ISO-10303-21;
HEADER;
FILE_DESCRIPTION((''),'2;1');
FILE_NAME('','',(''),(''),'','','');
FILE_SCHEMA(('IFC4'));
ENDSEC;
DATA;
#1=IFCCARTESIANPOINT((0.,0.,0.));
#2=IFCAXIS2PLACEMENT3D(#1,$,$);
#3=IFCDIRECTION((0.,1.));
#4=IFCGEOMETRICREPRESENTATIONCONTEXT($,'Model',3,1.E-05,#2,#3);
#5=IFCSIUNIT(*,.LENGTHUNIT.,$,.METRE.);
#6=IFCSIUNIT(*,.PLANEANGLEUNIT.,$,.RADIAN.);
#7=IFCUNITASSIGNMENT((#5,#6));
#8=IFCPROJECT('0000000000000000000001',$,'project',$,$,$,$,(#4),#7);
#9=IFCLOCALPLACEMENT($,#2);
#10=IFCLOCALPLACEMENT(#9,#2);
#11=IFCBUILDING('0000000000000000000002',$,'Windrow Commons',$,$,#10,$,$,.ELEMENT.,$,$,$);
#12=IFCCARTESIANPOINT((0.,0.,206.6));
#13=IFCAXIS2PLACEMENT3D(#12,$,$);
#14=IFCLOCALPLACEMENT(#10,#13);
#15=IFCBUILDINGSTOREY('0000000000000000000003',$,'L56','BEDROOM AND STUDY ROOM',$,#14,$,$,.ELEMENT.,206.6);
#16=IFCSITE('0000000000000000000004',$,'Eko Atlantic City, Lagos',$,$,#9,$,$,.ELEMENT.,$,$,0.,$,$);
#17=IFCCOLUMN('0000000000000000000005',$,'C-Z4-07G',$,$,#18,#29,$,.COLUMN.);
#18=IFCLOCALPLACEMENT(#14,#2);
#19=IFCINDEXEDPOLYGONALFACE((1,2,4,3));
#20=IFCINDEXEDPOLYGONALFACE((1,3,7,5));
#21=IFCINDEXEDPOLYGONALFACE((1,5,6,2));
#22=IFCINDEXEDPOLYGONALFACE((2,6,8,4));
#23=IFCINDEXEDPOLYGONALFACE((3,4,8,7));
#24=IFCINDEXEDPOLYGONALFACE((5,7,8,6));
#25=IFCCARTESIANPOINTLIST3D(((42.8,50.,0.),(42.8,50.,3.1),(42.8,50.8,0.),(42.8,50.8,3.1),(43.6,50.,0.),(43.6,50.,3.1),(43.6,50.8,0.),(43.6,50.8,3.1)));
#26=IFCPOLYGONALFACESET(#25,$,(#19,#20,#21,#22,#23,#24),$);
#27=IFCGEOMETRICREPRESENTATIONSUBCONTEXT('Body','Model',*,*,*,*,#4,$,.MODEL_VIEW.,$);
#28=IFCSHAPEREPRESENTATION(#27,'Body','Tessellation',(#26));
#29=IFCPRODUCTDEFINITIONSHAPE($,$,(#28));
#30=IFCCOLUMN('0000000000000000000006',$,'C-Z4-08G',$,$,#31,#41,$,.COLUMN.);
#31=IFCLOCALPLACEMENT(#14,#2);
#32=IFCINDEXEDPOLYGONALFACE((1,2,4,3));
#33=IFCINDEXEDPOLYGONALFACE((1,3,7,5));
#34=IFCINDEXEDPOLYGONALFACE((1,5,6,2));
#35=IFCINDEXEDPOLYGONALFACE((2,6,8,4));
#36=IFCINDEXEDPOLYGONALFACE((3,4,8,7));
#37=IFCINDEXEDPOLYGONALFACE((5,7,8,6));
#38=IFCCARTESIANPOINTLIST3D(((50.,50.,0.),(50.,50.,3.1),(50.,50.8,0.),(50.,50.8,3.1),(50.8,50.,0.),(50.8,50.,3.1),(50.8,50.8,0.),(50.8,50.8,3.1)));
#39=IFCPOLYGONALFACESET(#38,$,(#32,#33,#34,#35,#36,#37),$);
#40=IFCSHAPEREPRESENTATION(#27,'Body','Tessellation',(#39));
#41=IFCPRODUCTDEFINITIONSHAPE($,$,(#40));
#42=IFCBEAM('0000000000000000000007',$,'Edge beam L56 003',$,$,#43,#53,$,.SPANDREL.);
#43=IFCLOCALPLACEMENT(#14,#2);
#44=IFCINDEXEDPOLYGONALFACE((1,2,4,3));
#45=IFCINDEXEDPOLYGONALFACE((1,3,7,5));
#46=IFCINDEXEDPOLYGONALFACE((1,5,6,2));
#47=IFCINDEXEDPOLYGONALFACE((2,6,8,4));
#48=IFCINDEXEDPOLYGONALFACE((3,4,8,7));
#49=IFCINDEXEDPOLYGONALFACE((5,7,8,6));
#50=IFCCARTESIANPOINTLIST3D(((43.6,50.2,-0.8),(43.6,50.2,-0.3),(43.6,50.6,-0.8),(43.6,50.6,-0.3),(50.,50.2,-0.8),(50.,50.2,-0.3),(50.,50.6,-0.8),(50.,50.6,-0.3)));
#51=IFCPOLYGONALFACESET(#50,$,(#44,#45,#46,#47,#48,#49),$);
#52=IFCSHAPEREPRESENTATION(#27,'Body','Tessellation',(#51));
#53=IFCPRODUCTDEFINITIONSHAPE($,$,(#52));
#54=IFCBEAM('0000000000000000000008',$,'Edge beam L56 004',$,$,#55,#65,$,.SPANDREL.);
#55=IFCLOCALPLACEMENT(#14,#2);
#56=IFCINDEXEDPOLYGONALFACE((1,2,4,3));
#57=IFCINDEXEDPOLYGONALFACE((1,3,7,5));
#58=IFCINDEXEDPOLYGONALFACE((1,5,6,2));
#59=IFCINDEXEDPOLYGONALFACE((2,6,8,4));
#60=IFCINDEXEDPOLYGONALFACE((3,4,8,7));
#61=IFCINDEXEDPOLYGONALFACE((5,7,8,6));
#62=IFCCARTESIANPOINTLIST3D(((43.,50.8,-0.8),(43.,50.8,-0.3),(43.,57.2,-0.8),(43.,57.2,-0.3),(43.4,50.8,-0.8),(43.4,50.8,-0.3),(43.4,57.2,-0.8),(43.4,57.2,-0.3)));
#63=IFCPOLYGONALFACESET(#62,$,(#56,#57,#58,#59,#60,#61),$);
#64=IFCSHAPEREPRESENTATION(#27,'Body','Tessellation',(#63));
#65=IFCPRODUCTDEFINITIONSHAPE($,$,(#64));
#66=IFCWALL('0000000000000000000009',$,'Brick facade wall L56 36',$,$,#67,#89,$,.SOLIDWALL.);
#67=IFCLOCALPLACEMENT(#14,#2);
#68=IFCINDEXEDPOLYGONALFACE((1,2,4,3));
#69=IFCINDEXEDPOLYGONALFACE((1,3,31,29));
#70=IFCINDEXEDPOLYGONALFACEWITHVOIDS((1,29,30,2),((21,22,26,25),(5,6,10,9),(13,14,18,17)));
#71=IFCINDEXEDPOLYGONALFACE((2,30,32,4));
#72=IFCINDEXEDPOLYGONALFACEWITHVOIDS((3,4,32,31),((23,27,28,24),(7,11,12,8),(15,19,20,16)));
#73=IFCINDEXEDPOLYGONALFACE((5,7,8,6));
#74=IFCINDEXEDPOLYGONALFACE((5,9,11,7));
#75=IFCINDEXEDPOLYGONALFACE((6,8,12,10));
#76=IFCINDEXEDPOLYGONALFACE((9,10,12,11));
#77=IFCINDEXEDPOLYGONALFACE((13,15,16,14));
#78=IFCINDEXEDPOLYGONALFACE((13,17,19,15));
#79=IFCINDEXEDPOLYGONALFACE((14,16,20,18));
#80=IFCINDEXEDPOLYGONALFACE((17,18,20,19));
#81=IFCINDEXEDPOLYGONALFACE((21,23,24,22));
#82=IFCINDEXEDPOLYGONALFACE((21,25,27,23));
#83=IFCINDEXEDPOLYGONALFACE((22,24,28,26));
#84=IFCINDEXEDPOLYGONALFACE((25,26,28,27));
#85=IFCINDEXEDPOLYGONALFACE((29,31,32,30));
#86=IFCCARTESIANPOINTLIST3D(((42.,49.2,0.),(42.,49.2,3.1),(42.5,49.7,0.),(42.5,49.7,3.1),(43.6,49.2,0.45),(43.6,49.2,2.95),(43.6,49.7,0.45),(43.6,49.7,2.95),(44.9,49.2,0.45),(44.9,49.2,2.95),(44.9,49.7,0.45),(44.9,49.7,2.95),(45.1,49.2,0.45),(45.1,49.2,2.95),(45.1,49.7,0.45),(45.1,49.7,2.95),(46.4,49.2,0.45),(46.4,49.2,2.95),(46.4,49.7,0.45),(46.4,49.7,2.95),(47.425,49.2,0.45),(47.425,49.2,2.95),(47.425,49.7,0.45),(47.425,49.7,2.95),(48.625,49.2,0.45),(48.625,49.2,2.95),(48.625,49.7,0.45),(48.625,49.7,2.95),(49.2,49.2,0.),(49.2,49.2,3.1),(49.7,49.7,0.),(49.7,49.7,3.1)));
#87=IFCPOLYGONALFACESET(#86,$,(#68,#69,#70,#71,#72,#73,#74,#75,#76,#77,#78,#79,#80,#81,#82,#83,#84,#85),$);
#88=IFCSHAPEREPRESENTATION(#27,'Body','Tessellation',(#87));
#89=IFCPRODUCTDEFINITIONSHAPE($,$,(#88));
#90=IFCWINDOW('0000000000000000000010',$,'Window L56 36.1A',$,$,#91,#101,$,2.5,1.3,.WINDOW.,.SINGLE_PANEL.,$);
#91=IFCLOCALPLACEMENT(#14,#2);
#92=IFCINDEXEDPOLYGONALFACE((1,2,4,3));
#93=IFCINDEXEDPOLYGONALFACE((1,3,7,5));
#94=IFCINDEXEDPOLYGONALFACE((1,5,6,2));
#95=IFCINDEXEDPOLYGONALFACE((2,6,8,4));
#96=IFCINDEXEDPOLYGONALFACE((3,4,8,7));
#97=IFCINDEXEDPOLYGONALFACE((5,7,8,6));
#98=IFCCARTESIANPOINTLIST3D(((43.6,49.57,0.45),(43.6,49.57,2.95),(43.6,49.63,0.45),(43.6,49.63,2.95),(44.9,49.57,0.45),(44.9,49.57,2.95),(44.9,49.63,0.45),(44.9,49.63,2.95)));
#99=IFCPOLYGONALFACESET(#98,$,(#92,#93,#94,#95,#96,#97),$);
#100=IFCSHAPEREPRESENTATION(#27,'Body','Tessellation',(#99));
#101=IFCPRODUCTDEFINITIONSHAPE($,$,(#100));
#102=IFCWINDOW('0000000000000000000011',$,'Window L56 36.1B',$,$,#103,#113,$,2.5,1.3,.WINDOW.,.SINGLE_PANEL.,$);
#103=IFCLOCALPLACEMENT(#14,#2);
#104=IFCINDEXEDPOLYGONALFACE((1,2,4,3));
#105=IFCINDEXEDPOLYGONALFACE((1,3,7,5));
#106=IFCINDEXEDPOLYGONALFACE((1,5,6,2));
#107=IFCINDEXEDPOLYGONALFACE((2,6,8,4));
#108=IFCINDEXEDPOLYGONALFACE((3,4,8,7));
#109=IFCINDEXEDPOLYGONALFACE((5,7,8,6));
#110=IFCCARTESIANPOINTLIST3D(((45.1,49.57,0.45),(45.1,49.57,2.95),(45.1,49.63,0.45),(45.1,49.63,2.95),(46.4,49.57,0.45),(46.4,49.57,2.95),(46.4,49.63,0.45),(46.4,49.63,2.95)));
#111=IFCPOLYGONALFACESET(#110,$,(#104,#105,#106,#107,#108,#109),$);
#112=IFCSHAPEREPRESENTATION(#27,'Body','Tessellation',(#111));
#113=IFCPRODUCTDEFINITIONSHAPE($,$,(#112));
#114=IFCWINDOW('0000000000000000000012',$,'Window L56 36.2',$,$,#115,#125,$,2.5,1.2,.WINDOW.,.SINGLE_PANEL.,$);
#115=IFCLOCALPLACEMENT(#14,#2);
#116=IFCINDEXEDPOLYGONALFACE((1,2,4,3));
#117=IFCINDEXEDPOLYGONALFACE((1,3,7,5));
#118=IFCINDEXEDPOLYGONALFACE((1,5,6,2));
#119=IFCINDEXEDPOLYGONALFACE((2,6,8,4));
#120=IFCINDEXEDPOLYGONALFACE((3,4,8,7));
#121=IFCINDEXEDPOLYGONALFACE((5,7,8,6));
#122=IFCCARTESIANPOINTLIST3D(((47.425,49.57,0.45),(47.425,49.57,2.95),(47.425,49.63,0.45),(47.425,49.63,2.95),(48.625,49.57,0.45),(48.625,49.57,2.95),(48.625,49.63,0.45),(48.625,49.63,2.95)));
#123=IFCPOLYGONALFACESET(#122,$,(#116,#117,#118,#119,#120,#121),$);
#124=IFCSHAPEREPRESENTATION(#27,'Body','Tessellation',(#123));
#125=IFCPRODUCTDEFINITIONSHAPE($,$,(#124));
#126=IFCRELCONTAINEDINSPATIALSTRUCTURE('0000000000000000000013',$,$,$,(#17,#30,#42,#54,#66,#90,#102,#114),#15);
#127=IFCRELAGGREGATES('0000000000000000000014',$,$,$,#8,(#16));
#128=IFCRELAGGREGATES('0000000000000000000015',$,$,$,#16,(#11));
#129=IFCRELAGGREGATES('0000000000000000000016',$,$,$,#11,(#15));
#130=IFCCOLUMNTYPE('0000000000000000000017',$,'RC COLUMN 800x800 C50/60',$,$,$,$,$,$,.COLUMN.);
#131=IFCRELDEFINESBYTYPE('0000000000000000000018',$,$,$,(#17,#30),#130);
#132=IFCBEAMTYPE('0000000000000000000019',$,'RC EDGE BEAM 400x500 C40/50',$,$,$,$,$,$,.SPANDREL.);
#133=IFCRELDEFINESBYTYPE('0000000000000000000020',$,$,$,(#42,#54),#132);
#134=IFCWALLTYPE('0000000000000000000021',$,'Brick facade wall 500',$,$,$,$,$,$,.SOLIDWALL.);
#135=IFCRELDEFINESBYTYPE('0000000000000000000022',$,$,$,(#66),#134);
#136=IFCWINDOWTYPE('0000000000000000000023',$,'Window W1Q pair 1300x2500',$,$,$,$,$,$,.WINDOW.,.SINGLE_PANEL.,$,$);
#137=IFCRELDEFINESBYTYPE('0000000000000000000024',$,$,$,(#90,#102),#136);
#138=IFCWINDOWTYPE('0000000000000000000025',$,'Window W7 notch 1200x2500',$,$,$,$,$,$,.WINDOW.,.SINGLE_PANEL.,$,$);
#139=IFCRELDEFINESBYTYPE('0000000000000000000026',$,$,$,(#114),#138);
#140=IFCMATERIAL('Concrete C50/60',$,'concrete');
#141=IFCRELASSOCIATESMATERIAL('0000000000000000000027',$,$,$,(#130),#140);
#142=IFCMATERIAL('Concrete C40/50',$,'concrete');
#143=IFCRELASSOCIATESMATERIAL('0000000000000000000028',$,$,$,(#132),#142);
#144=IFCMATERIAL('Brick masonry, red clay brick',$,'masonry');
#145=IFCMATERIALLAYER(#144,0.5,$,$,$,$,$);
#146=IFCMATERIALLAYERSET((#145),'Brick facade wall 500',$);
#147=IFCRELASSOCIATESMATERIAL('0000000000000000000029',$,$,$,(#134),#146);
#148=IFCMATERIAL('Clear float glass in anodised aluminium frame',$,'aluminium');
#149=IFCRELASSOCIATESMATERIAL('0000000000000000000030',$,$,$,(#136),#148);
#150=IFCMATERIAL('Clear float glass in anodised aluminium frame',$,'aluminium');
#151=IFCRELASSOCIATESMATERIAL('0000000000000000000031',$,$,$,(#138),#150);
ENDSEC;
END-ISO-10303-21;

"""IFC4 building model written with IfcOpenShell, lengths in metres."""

from ifc_helpers import new_model, si_unit, direction, frame, frame_2d, origin, origin_2d, place, context, subcontext, project, spatial, polyline, rectangle, outline, extrude, material, layer, layer_set, material_profile, profile_set, type_object, element, fill, save


model = new_model("IFC4")

# Units and contexts
model_context = context("Model", 3, precision=1e-05, world=origin(), true_north=direction((0.0, 1.0)))
body_context = subcontext(model_context, "Body", "Model", "MODEL_VIEW")
ifc_project = project(units=[si_unit("LENGTHUNIT", "METRE"), si_unit("PLANEANGLEUNIT", "RADIAN")], contexts=[model_context])

# Site, building, storey
site_placement = place(None, origin())
site = spatial("IfcSite", under=ifc_project, at=site_placement, Name="Eko Atlantic City, Lagos", CompositionType="ELEMENT", RefElevation=0.0)
building_placement = place(site_placement, origin())
building = spatial("IfcBuilding", under=site, at=building_placement, Name="Windrow Commons", CompositionType="ELEMENT")
storey_placement = place(building_placement, frame((0.0, 0.0, 206.6)))
storey = spatial("IfcBuildingStorey", under=building, at=storey_placement, Name="L56", Description="BEDROOM AND STUDY ROOM", CompositionType="ELEMENT", Elevation=206.6)

# Columns
ifc_material_1 = material(Name="Concrete C50/60", Category="concrete")
ifc_material_profile_1 = material_profile(ifc_material_1, rectangle(XDim=0.8, YDim=0.8, at=origin_2d()))
ifc_profile_set_1 = profile_set([ifc_material_profile_1], Name="Concrete C50/60")
column_type = type_object("IfcColumnType", Name="RC COLUMN 800x800 C50/60", PredefinedType="COLUMN", material=ifc_profile_set_1)
for number, where, z_axis, x_axis, name in (
    (1, (43.2, 50.4, 0.0), (0.0, 0.0, 1.0), (1.0, 0.0, 0.0), "C-Z4-07G"),
    (2, (50.4, 50.4, 0.0), (0.0, 0.0, 1.0), (1.0, 0.0, 0.0), "C-Z4-08G"),
):
    element("IfcColumn", number, at=place(storey_placement, frame(where, z_axis=z_axis, x_axis=x_axis)), inside=storey, type_object=column_type, Name=name, PredefinedType="COLUMN", context=body_context, shape_type="SweptSolid", body=[
        extrude(rectangle(XDim=0.8, YDim=0.8, at=origin_2d()), origin(), (0.0, 0.0, 1.0), 3.1),
    ])

# Beams
ifc_material_2 = material(Name="Concrete C40/50", Category="concrete")
ifc_material_profile_2 = material_profile(ifc_material_2, rectangle(XDim=0.4, YDim=0.5, at=origin_2d()))
ifc_profile_set_2 = profile_set([ifc_material_profile_2], Name="Concrete C40/50")
beam_type = type_object("IfcBeamType", Name="RC EDGE BEAM 400x500 C40/50", PredefinedType="SPANDREL", material=ifc_profile_set_2)
for number, where, z_axis, x_axis, name in (
    (3, (50.0, 50.4, -0.55), (-1.0, 0.0, 0.0), (0.0, -1.0, 0.0), "Edge beam L56 003"),
    (4, (43.2, 50.8, -0.55), (0.0, 1.0, 0.0), (-1.0, 0.0, 0.0), "Edge beam L56 004"),
):
    element("IfcBeam", number, at=place(storey_placement, frame(where, z_axis=z_axis, x_axis=x_axis)), inside=storey, type_object=beam_type, Name=name, PredefinedType="SPANDREL", context=body_context, shape_type="SweptSolid", body=[
        extrude(rectangle(XDim=0.4, YDim=0.5, at=origin_2d()), origin(), (0.0, 0.0, 1.0), 6.4),
    ])

# Wall, openings, windows
ifc_material_3 = material(Name="Brick masonry, red clay brick", Category="masonry")
ifc_layer_1 = layer(ifc_material_3, 0.5)
ifc_layer_set_1 = layer_set([ifc_layer_1], Name="Brick facade wall 500")
wall_type_1 = type_object("IfcWallType", Name="Brick facade wall 500", PredefinedType="SOLIDWALL", material=ifc_layer_set_1)
wall_1_placement = place(storey_placement, frame((42.25, 49.45, 0.0), z_axis=(0.0, 0.0, 1.0), x_axis=(1.0, 0.0, 0.0)))
wall_1 = element("IfcWall", 5, at=wall_1_placement, inside=storey, type_object=wall_type_1, Name="Brick facade wall L56 36", PredefinedType="SOLIDWALL", context=body_context, shape_type="SweptSolid", body=[
    extrude(outline(polyline([(-0.25, -0.25), (6.95, -0.25), (7.45, 0.25), (0.25, 0.25), (-0.25, -0.25)])), origin(), (0.0, 0.0, 1.0), 3.1),
])
opening_1_placement = place(wall_1_placement, frame((1.35, 0.0, 0.45)))
opening_1 = element("IfcOpeningElement", 6, at=opening_1_placement, cuts=wall_1, PredefinedType="OPENING", context=body_context, shape_type="SweptSolid", body=[
    extrude(rectangle(XDim=1.3, YDim=2.5, at=frame_2d((0.65, 1.25))), frame((0.0, 0.26, 0.0), z_axis=(0.0, -1.0, 0.0), x_axis=(1.0, 0.0, 0.0)), (0.0, 0.0, 1.0), 0.52),
])
opening_2_placement = place(wall_1_placement, frame((2.85, 0.0, 0.45)))
opening_2 = element("IfcOpeningElement", 7, at=opening_2_placement, cuts=wall_1, PredefinedType="OPENING", context=body_context, shape_type="SweptSolid", body=[
    extrude(rectangle(XDim=1.3, YDim=2.5, at=frame_2d((0.65, 1.25))), frame((0.0, 0.26, 0.0), z_axis=(0.0, -1.0, 0.0), x_axis=(1.0, 0.0, 0.0)), (0.0, 0.0, 1.0), 0.52),
])
opening_3_placement = place(wall_1_placement, frame((5.175, 0.0, 0.45)))
opening_3 = element("IfcOpeningElement", 8, at=opening_3_placement, cuts=wall_1, PredefinedType="OPENING", context=body_context, shape_type="SweptSolid", body=[
    extrude(rectangle(XDim=1.2, YDim=2.5, at=frame_2d((0.6, 1.25))), frame((0.0, 0.26, 0.0), z_axis=(0.0, -1.0, 0.0), x_axis=(1.0, 0.0, 0.0)), (0.0, 0.0, 1.0), 0.52),
])
ifc_material_4 = material(Name="Clear float glass in anodised aluminium frame", Category="aluminium")
window_type_1 = type_object("IfcWindowType", Name="Window W1Q pair 1300x2500", PartitioningType="SINGLE_PANEL", PredefinedType="WINDOW", material=ifc_material_4)
window_1_placement = place(opening_1_placement, origin())
window_1 = element("IfcWindow", 9, at=window_1_placement, inside=storey, type_object=window_type_1, Name="Window L56 36.1A", OverallHeight=2.5, OverallWidth=1.3, PartitioningType="SINGLE_PANEL", PredefinedType="WINDOW", context=body_context, shape_type="SweptSolid", body=[
    extrude(rectangle(XDim=1.3, YDim=2.5, at=frame_2d((0.65, 1.25))), frame((0.0, 0.18, 0.0), z_axis=(0.0, -1.0, 0.0), x_axis=(1.0, 0.0, 0.0)), (0.0, 0.0, 1.0), 0.06),
])
fill(opening_1, window_1)
window_2_placement = place(opening_2_placement, origin())
window_2 = element("IfcWindow", 10, at=window_2_placement, inside=storey, type_object=window_type_1, Name="Window L56 36.1B", OverallHeight=2.5, OverallWidth=1.3, PartitioningType="SINGLE_PANEL", PredefinedType="WINDOW", context=body_context, shape_type="SweptSolid", body=[
    extrude(rectangle(XDim=1.3, YDim=2.5, at=frame_2d((0.65, 1.25))), frame((0.0, 0.18, 0.0), z_axis=(0.0, -1.0, 0.0), x_axis=(1.0, 0.0, 0.0)), (0.0, 0.0, 1.0), 0.06),
])
fill(opening_2, window_2)
ifc_material_5 = material(Name="Clear float glass in anodised aluminium frame", Category="aluminium")
window_type_2 = type_object("IfcWindowType", Name="Window W7 notch 1200x2500", PartitioningType="SINGLE_PANEL", PredefinedType="WINDOW", material=ifc_material_5)
window_3_placement = place(opening_3_placement, origin())
window_3 = element("IfcWindow", 11, at=window_3_placement, inside=storey, type_object=window_type_2, Name="Window L56 36.2", OverallHeight=2.5, OverallWidth=1.2, PartitioningType="SINGLE_PANEL", PredefinedType="WINDOW", context=body_context, shape_type="SweptSolid", body=[
    extrude(rectangle(XDim=1.2, YDim=2.5, at=frame_2d((0.6, 1.25))), frame((0.0, 0.18, 0.0), z_axis=(0.0, -1.0, 0.0), x_axis=(1.0, 0.0, 0.0)), (0.0, 0.0, 1.0), 0.06),
])
fill(opening_3, window_3)

save(model, "model.ifc")
